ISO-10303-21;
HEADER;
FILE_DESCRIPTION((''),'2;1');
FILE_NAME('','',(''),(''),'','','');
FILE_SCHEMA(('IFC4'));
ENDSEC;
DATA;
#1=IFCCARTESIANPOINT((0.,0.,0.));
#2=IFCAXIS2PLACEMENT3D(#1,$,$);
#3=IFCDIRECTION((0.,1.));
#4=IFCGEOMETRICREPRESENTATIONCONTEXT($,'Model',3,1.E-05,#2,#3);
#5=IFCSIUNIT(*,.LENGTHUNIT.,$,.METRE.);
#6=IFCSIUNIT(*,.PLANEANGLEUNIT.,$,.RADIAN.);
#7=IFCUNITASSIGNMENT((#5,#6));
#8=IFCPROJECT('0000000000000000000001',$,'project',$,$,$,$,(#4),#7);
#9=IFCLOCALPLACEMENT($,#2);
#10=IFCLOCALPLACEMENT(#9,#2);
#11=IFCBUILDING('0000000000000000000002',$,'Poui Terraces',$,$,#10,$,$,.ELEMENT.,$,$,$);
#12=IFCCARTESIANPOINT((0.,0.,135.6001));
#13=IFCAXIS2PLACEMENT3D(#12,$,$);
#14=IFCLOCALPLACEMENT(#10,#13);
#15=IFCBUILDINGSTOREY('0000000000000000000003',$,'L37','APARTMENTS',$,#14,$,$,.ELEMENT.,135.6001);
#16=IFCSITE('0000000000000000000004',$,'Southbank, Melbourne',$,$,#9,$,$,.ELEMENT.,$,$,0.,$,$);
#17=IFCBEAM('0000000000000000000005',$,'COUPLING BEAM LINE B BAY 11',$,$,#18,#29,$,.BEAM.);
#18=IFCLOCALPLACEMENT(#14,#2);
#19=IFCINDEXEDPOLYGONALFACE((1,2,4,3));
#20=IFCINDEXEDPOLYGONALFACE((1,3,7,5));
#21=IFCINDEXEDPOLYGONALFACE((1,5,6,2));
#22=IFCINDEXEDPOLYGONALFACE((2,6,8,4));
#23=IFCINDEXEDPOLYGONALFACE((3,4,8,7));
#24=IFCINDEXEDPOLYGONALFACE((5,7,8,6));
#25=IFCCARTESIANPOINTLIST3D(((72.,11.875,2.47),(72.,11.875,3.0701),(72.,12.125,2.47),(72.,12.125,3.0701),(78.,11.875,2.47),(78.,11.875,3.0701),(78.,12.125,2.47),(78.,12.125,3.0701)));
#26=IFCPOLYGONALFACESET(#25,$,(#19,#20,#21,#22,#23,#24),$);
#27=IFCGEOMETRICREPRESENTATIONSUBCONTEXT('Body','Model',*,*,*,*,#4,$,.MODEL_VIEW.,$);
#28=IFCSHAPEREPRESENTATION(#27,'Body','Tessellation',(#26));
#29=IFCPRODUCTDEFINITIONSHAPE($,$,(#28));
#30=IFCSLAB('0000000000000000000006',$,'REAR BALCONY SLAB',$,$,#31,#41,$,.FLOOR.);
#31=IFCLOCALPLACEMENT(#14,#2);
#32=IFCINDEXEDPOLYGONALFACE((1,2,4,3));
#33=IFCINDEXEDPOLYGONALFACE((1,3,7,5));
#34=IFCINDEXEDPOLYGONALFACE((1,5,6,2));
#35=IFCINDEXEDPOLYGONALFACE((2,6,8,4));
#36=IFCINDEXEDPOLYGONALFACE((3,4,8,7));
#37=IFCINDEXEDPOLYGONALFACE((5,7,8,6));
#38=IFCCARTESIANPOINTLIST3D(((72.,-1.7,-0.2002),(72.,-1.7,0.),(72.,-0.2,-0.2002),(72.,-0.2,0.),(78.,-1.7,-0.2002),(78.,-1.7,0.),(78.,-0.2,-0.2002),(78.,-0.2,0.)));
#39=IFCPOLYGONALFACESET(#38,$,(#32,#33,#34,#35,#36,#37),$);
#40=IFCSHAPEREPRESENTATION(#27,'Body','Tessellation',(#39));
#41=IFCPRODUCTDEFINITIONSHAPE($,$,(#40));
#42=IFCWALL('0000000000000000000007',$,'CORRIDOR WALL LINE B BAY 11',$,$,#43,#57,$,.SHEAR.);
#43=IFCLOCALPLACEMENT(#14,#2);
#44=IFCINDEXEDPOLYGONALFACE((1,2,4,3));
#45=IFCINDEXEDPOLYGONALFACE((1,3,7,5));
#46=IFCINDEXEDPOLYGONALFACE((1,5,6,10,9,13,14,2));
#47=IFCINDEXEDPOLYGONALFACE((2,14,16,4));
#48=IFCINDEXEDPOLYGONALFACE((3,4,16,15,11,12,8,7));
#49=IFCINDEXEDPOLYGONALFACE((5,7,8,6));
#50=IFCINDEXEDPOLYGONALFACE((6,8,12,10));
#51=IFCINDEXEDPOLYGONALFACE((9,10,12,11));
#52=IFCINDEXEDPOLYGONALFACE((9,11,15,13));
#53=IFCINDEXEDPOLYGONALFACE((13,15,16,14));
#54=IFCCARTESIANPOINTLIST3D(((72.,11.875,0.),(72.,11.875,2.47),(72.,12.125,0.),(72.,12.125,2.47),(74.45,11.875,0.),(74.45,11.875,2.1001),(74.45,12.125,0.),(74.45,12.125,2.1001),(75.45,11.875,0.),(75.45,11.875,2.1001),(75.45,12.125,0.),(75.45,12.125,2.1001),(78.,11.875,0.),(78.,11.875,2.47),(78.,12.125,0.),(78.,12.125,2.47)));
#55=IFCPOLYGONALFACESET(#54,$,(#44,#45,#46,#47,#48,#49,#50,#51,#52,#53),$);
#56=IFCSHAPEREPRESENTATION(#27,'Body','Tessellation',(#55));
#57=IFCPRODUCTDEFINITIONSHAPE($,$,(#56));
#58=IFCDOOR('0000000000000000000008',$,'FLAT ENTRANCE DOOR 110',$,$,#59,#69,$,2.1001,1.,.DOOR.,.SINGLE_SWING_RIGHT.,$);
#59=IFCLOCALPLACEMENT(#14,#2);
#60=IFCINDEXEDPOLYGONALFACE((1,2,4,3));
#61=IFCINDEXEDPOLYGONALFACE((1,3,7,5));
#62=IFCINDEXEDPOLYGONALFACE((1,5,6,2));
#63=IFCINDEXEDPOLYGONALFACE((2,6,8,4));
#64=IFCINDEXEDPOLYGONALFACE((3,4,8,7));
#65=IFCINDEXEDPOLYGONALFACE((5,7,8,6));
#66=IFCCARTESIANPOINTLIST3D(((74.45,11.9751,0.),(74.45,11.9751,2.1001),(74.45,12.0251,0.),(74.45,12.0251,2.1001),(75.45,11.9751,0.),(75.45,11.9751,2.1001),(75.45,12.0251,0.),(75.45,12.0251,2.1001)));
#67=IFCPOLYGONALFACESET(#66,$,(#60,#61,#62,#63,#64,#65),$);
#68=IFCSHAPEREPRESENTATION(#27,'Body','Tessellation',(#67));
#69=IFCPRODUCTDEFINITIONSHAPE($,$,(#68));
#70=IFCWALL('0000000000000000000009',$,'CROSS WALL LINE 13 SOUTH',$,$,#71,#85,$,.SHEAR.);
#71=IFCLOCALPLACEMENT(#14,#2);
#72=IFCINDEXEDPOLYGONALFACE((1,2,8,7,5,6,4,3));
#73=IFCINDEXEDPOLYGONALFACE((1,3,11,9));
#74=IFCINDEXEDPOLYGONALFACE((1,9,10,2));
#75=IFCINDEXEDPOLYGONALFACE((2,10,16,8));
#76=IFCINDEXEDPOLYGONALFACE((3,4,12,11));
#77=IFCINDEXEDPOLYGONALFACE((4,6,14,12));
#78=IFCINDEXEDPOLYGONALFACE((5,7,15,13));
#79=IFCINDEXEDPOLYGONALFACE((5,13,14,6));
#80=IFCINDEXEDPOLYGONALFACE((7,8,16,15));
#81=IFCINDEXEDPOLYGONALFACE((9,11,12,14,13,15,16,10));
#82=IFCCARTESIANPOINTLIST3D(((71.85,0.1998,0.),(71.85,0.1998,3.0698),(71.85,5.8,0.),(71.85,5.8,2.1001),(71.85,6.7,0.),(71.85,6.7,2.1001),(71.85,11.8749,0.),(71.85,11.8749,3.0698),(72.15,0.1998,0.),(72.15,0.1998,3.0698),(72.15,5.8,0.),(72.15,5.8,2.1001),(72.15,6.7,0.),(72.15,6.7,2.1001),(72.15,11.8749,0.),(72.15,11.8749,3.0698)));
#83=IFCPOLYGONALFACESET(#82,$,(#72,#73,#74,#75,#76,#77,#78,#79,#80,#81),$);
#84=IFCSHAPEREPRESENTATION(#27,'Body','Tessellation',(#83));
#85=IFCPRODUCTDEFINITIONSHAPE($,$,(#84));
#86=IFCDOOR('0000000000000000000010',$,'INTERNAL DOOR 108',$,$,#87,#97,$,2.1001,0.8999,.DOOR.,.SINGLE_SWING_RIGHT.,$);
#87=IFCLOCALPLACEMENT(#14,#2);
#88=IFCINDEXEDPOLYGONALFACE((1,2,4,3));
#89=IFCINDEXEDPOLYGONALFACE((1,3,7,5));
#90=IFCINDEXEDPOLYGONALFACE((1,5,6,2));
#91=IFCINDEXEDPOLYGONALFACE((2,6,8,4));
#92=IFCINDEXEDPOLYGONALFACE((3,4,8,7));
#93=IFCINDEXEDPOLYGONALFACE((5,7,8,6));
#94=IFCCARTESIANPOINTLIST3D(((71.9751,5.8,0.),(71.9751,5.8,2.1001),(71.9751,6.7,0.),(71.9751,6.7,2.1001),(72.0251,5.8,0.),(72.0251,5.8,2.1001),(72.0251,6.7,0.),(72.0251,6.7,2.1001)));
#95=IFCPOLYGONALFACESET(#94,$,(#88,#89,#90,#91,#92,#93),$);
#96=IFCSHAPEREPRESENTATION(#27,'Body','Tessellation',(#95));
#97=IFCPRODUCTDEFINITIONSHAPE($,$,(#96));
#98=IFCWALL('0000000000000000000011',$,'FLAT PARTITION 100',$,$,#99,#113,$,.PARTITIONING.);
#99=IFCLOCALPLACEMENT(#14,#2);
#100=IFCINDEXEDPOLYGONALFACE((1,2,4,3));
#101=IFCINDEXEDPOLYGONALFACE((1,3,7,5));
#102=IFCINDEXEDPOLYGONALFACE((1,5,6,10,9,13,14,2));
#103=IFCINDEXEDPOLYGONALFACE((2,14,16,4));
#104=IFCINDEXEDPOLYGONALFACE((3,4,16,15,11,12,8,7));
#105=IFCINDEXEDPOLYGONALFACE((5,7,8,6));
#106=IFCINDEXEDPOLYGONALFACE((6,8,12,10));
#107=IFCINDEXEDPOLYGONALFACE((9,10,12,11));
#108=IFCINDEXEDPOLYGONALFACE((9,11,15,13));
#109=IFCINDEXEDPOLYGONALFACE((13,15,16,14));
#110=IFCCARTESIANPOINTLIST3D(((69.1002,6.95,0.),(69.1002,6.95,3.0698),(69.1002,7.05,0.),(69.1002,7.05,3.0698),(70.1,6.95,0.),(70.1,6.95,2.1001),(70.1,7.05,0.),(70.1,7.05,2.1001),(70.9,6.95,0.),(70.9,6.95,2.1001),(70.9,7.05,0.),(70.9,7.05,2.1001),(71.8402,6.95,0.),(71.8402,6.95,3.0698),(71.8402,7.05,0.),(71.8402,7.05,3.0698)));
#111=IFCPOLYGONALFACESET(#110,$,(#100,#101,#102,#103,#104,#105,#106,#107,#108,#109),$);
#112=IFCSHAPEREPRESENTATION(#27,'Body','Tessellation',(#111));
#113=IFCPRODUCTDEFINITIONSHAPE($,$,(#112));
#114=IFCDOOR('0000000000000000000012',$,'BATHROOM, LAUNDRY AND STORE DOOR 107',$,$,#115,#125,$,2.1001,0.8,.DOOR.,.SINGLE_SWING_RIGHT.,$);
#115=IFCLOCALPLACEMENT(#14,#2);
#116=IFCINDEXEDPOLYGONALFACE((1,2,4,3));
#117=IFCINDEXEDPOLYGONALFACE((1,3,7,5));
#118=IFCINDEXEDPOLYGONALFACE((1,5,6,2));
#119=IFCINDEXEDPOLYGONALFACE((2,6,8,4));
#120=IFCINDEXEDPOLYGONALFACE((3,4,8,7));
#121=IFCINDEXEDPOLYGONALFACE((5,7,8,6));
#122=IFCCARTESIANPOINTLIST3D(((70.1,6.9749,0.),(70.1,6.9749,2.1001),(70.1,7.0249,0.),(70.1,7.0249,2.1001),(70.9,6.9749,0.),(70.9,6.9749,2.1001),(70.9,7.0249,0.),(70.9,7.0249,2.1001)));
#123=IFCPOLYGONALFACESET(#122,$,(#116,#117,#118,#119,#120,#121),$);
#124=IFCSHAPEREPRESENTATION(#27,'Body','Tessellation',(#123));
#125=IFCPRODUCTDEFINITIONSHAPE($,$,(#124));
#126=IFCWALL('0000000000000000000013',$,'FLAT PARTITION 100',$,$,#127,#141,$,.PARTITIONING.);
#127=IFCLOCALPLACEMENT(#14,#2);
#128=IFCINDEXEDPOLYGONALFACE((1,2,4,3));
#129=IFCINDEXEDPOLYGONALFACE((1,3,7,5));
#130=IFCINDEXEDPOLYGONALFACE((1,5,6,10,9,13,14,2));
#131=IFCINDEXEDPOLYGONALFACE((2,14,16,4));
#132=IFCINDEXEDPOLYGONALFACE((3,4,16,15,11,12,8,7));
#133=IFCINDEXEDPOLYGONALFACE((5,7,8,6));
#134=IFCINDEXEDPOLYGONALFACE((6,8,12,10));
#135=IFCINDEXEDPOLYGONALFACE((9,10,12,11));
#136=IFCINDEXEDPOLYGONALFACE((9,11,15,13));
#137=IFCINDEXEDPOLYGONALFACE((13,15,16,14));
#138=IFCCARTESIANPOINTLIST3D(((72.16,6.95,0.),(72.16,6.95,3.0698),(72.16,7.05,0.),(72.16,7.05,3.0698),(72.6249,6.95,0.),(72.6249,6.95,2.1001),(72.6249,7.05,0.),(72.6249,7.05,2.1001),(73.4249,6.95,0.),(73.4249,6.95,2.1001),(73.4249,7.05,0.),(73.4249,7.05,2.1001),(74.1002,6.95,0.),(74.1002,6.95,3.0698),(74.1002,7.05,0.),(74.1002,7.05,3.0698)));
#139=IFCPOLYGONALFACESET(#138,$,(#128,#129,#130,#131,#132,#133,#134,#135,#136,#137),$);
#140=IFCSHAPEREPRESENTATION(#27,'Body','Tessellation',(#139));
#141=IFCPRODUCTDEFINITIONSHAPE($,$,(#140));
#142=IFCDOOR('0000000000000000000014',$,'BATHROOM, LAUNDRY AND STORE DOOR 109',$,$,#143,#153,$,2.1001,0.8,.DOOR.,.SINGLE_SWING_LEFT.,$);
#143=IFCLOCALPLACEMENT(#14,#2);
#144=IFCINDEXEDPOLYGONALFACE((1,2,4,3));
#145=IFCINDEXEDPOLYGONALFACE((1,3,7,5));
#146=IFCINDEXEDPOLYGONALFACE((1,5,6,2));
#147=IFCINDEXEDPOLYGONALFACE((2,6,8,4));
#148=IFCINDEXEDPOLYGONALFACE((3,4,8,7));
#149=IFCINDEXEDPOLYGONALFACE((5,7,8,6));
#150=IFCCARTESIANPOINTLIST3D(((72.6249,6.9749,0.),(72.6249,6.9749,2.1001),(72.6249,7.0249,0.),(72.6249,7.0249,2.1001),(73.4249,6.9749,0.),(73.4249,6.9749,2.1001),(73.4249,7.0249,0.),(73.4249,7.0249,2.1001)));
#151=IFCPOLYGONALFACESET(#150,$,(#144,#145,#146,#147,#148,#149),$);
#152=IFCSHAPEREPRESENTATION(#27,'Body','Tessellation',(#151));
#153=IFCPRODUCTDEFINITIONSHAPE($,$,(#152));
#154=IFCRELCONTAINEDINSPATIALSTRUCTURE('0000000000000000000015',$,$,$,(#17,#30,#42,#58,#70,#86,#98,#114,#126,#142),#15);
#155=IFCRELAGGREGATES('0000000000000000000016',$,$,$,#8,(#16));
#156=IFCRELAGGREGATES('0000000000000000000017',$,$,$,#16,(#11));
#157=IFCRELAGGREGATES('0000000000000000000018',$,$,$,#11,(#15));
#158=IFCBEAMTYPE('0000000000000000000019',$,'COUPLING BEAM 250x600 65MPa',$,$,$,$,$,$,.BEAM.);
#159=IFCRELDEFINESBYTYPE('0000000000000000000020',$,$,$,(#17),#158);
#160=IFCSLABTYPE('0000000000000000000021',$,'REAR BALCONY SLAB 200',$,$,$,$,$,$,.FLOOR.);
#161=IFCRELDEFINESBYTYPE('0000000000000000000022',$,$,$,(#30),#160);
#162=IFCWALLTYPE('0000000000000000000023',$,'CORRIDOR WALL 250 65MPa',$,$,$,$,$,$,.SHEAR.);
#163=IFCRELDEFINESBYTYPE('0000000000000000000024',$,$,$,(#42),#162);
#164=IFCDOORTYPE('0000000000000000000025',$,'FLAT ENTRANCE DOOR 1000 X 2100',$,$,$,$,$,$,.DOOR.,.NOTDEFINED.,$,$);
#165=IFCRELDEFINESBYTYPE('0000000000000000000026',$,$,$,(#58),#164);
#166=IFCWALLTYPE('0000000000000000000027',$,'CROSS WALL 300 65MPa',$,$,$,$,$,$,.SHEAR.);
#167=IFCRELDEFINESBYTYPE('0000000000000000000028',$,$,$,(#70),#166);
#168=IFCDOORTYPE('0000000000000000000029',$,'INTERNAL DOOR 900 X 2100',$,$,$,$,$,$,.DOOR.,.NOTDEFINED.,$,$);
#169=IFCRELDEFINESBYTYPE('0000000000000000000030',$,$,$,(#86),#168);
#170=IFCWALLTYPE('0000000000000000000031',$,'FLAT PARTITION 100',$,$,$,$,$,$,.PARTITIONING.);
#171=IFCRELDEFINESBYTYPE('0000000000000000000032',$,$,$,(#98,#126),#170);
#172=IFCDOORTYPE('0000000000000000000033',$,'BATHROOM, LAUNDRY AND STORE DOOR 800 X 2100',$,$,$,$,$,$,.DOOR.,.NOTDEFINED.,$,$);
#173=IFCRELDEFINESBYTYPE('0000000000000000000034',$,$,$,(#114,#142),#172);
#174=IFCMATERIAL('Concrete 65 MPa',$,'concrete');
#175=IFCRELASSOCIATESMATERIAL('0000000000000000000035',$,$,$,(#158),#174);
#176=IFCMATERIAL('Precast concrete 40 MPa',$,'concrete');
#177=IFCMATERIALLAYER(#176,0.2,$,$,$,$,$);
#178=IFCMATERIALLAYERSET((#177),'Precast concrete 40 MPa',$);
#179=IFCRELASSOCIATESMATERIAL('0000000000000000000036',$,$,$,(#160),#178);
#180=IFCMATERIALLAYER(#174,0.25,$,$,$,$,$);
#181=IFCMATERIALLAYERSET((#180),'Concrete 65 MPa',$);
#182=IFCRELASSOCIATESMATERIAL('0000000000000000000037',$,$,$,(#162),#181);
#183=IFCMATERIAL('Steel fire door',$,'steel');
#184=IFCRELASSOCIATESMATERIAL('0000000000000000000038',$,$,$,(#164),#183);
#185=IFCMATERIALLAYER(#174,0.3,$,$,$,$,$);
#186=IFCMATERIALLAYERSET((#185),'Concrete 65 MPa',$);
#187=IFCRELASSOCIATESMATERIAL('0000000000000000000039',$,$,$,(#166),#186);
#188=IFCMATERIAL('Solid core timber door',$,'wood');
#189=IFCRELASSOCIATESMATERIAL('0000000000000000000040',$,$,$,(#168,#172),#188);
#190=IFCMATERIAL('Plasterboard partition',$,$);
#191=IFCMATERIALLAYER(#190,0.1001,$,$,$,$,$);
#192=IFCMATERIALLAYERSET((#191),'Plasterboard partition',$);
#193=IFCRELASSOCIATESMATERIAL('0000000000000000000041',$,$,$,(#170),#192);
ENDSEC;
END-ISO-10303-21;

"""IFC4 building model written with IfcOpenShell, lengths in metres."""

from ifc_helpers import new_model, si_unit, direction, frame, frame_2d, origin, origin_2d, place, context, subcontext, project, spatial, polyline, rectangle, outline, extrude, source, transform, mapped, material, layer, layer_set, material_profile, profile_set, type_object, element, fill, save


model = new_model("IFC4")

# Units and contexts
model_context = context("Model", 3, precision=1e-05, world=origin(), true_north=direction((0.0, 1.0)))
body_context = subcontext(model_context, "Body", "Model", "MODEL_VIEW")
ifc_project = project(units=[si_unit("LENGTHUNIT", "METRE"), si_unit("PLANEANGLEUNIT", "RADIAN")], contexts=[model_context])

# Site, building, storey
site_placement = place(None, origin())
site = spatial("IfcSite", under=ifc_project, at=site_placement, Name="Southbank, Melbourne", CompositionType="ELEMENT", RefElevation=0.0)
building_placement = place(site_placement, origin())
building = spatial("IfcBuilding", under=site, at=building_placement, Name="Poui Terraces", CompositionType="ELEMENT")
storey_placement = place(building_placement, frame((0.0, 0.0, 135.6001)))
storey = spatial("IfcBuildingStorey", under=building, at=storey_placement, Name="L37", Description="APARTMENTS", CompositionType="ELEMENT", Elevation=135.6001)

# Beam
ifc_material_1 = material(Name="Concrete 65 MPa", Category="concrete")
ifc_material_profile_1 = material_profile(ifc_material_1, rectangle(XDim=0.25, YDim=0.6001, at=origin_2d()), Name="RC 250x600")
ifc_profile_set_1 = profile_set([ifc_material_profile_1], Name="Concrete 65 MPa")
beam_type = type_object("IfcBeamType", Name="COUPLING BEAM 250x600 65MPa", PredefinedType="BEAM", material=ifc_profile_set_1)
shared_shape_1 = source(origin(), body_context, "Body", "SweptSolid", [
    extrude(rectangle(XDim=0.25, YDim=0.6001, at=origin_2d()), origin(), (0.0, 0.0, 1.0), 6.0),
])
beam_placement = place(storey_placement, frame((72.0, 12.0, 2.77), z_axis=(1.0, 0.0, 0.0), x_axis=(0.0, 1.0, 0.0)))
element("IfcBeam", 1, at=beam_placement, inside=storey, type_object=beam_type, Name="COUPLING BEAM LINE B BAY 11", PredefinedType="BEAM", context=body_context, shape_type="MappedRepresentation", body=[
    mapped(shared_shape_1, transform((0.0, 0.0, 0.0))),
])

# Slab
ifc_material_2 = material(Name="Precast concrete 40 MPa", Category="concrete")
ifc_layer_1 = layer(ifc_material_2, 0.2)
ifc_layer_set_1 = layer_set([ifc_layer_1], Name="Precast concrete 40 MPa")
slab_type = type_object("IfcSlabType", Name="REAR BALCONY SLAB 200", PredefinedType="FLOOR", material=ifc_layer_set_1)
shared_shape_2 = source(origin(), body_context, "Body", "SweptSolid", [
    extrude(outline(polyline([(0.0, 0.0), (6.0, 0.0), (6.0, 1.5), (0.0, 1.5), (0.0, 0.0)])), origin(), (0.0, 0.0, 1.0), 0.2002),
])
slab_placement = place(storey_placement, frame((72.0, -1.7, -0.2002)))
element("IfcSlab", 2, at=slab_placement, inside=storey, type_object=slab_type, Name="REAR BALCONY SLAB", PredefinedType="FLOOR", context=body_context, shape_type="MappedRepresentation", body=[
    mapped(shared_shape_2, transform((0.0, 0.0, 0.0))),
])

# Walls, openings, doors
ifc_layer_2 = layer(ifc_material_1, 0.25)
ifc_layer_set_2 = layer_set([ifc_layer_2], Name="Concrete 65 MPa")
wall_type_1 = type_object("IfcWallType", Name="CORRIDOR WALL 250 65MPa", PredefinedType="SHEAR", material=ifc_layer_set_2)
wall_1_placement = place(storey_placement, frame((72.0, 12.0, 0.0), z_axis=(0.0, 0.0, 1.0), x_axis=(1.0, 0.0, 0.0)))
wall_1 = element("IfcWall", 3, at=wall_1_placement, inside=storey, type_object=wall_type_1, Name="CORRIDOR WALL LINE B BAY 11", PredefinedType="SHEAR", context=body_context, shape_type="SweptSolid", body=[
    extrude(rectangle(XDim=6.0, YDim=0.25, at=frame_2d((3.0, 0.0))), origin(), (0.0, 0.0, 1.0), 2.47),
])
opening_1_placement = place(wall_1_placement, frame((2.45, 0.0, 0.0)))
opening_1 = element("IfcOpeningElement", 4, at=opening_1_placement, cuts=wall_1, PredefinedType="OPENING", context=body_context, shape_type="SweptSolid", body=[
    extrude(rectangle(XDim=1.0, YDim=2.1001, at=frame_2d((0.5, 1.05))), frame((0.0, 0.135, 0.0), z_axis=(0.0, -1.0, 0.0), x_axis=(1.0, 0.0, 0.0)), (0.0, 0.0, 1.0), 0.27),
])
ifc_material_3 = material(Name="Steel fire door", Category="steel")
door_type_1 = type_object("IfcDoorType", Name="FLAT ENTRANCE DOOR 1000 X 2100", OperationType="NOTDEFINED", PredefinedType="DOOR", material=ifc_material_3)
door_1_placement = place(opening_1_placement, frame((1.0, 0.0, 0.0), z_axis=(0.0, 0.0, 1.0), x_axis=(-1.0, 0.0, 0.0)))
door_1 = element("IfcDoor", 5, at=door_1_placement, inside=storey, type_object=door_type_1, Name="FLAT ENTRANCE DOOR 110", OperationType="SINGLE_SWING_RIGHT", OverallHeight=2.1001, OverallWidth=1.0, PredefinedType="DOOR", context=body_context, shape_type="SweptSolid", body=[
    extrude(rectangle(XDim=1.0, YDim=2.1001, at=frame_2d((0.5, 1.05))), frame((0.0, 0.0249, 0.0), z_axis=(0.0, -1.0, 0.0), x_axis=(1.0, 0.0, 0.0)), (0.0, 0.0, 1.0), 0.05),
])
fill(opening_1, door_1)
ifc_layer_3 = layer(ifc_material_1, 0.3)
ifc_layer_set_3 = layer_set([ifc_layer_3], Name="Concrete 65 MPa")
wall_type_2 = type_object("IfcWallType", Name="CROSS WALL 300 65MPa", PredefinedType="SHEAR", material=ifc_layer_set_3)
wall_2_placement = place(storey_placement, frame((72.0, 0.2, 0.0), z_axis=(0.0, 0.0, 1.0), x_axis=(0.0, 1.0, 0.0)))
wall_2 = element("IfcWall", 6, at=wall_2_placement, inside=storey, type_object=wall_type_2, Name="CROSS WALL LINE 13 SOUTH", PredefinedType="SHEAR", context=body_context, shape_type="SweptSolid", body=[
    extrude(rectangle(XDim=11.675, YDim=0.3, at=frame_2d((5.8374, 0.0))), origin(), (0.0, 0.0, 1.0), 3.0698),
])
opening_2_placement = place(wall_2_placement, frame((5.6001, 0.0, 0.0)))
opening_2 = element("IfcOpeningElement", 7, at=opening_2_placement, cuts=wall_2, PredefinedType="OPENING", context=body_context, shape_type="SweptSolid", body=[
    extrude(rectangle(XDim=0.8999, YDim=2.1001, at=frame_2d((0.45, 1.05))), frame((0.0, 0.1602, 0.0), z_axis=(0.0, -1.0, 0.0), x_axis=(1.0, 0.0, 0.0)), (0.0, 0.0, 1.0), 0.3201),
])
ifc_material_4 = material(Name="Solid core timber door", Category="wood")
door_type_2 = type_object("IfcDoorType", Name="INTERNAL DOOR 900 X 2100", OperationType="NOTDEFINED", PredefinedType="DOOR", material=ifc_material_4)
door_2_placement = place(opening_2_placement, origin())
door_2 = element("IfcDoor", 8, at=door_2_placement, inside=storey, type_object=door_type_2, Name="INTERNAL DOOR 108", OperationType="SINGLE_SWING_RIGHT", OverallHeight=2.1001, OverallWidth=0.8999, PredefinedType="DOOR", context=body_context, shape_type="SweptSolid", body=[
    extrude(rectangle(XDim=0.8999, YDim=2.1001, at=frame_2d((0.45, 1.05))), frame((0.0, 0.0249, 0.0), z_axis=(0.0, -1.0, 0.0), x_axis=(1.0, 0.0, 0.0)), (0.0, 0.0, 1.0), 0.05),
])
fill(opening_2, door_2)
ifc_material_5 = material(Name="Plasterboard partition")
ifc_layer_4 = layer(ifc_material_5, 0.1001)
ifc_layer_set_4 = layer_set([ifc_layer_4], Name="Plasterboard partition")
wall_type_3 = type_object("IfcWallType", Name="FLAT PARTITION 100", PredefinedType="PARTITIONING", material=ifc_layer_set_4)
wall_3_placement = place(storey_placement, frame((69.1001, 7.0, 0.0), z_axis=(0.0, 0.0, 1.0), x_axis=(1.0, 0.0, 0.0)))
wall_3 = element("IfcWall", 9, at=wall_3_placement, inside=storey, type_object=wall_type_3, Name="FLAT PARTITION 100", PredefinedType="PARTITIONING", context=body_context, shape_type="SweptSolid", body=[
    extrude(rectangle(XDim=2.74, YDim=0.1001, at=frame_2d((1.3701, 0.0))), origin(), (0.0, 0.0, 1.0), 3.0698),
])
opening_3_placement = place(wall_3_placement, frame((1.0, 0.0, 0.0)))
opening_3 = element("IfcOpeningElement", 10, at=opening_3_placement, cuts=wall_3, PredefinedType="OPENING", context=body_context, shape_type="SweptSolid", body=[
    extrude(rectangle(XDim=0.8, YDim=2.1001, at=frame_2d((0.3999, 1.05))), frame((0.0, 0.0601, 0.0), z_axis=(0.0, -1.0, 0.0), x_axis=(1.0, 0.0, 0.0)), (0.0, 0.0, 1.0), 0.1201),
])
door_type_3 = type_object("IfcDoorType", Name="BATHROOM, LAUNDRY AND STORE DOOR 800 X 2100", OperationType="NOTDEFINED", PredefinedType="DOOR", material=ifc_material_4)
door_3_placement = place(opening_3_placement, origin())
door_3 = element("IfcDoor", 11, at=door_3_placement, inside=storey, type_object=door_type_3, Name="BATHROOM, LAUNDRY AND STORE DOOR 107", OperationType="SINGLE_SWING_RIGHT", OverallHeight=2.1001, OverallWidth=0.8, PredefinedType="DOOR", context=body_context, shape_type="SweptSolid", body=[
    extrude(rectangle(XDim=0.8, YDim=2.1001, at=frame_2d((0.3999, 1.05))), frame((0.0, 0.0249, 0.0), z_axis=(0.0, -1.0, 0.0), x_axis=(1.0, 0.0, 0.0)), (0.0, 0.0, 1.0), 0.05),
])
fill(opening_3, door_3)
wall_4_placement = place(storey_placement, frame((72.1599, 7.0, 0.0), z_axis=(0.0, 0.0, 1.0), x_axis=(1.0, 0.0, 0.0)))
wall_4 = element("IfcWall", 12, at=wall_4_placement, inside=storey, type_object=wall_type_3, Name="FLAT PARTITION 100", PredefinedType="PARTITIONING", context=body_context, shape_type="SweptSolid", body=[
    extrude(rectangle(XDim=1.9402, YDim=0.1001, at=frame_2d((0.9702, 0.0))), origin(), (0.0, 0.0, 1.0), 3.0698),
])
opening_4_placement = place(wall_4_placement, frame((0.4651, 0.0, 0.0)))
opening_4 = element("IfcOpeningElement", 13, at=opening_4_placement, cuts=wall_4, PredefinedType="OPENING", context=body_context, shape_type="SweptSolid", body=[
    extrude(rectangle(XDim=0.8, YDim=2.1001, at=frame_2d((0.3999, 1.05))), frame((0.0, 0.0601, 0.0), z_axis=(0.0, -1.0, 0.0), x_axis=(1.0, 0.0, 0.0)), (0.0, 0.0, 1.0), 0.1201),
])
door_4_placement = place(opening_4_placement, origin())
door_4 = element("IfcDoor", 14, at=door_4_placement, inside=storey, type_object=door_type_3, Name="BATHROOM, LAUNDRY AND STORE DOOR 109", OperationType="SINGLE_SWING_LEFT", OverallHeight=2.1001, OverallWidth=0.8, PredefinedType="DOOR", context=body_context, shape_type="SweptSolid", body=[
    extrude(rectangle(XDim=0.8, YDim=2.1001, at=frame_2d((0.3999, 1.05))), frame((0.0, 0.0249, 0.0), z_axis=(0.0, -1.0, 0.0), x_axis=(1.0, 0.0, 0.0)), (0.0, 0.0, 1.0), 0.05),
])
fill(opening_4, door_4)

save(model, "model.ifc")
